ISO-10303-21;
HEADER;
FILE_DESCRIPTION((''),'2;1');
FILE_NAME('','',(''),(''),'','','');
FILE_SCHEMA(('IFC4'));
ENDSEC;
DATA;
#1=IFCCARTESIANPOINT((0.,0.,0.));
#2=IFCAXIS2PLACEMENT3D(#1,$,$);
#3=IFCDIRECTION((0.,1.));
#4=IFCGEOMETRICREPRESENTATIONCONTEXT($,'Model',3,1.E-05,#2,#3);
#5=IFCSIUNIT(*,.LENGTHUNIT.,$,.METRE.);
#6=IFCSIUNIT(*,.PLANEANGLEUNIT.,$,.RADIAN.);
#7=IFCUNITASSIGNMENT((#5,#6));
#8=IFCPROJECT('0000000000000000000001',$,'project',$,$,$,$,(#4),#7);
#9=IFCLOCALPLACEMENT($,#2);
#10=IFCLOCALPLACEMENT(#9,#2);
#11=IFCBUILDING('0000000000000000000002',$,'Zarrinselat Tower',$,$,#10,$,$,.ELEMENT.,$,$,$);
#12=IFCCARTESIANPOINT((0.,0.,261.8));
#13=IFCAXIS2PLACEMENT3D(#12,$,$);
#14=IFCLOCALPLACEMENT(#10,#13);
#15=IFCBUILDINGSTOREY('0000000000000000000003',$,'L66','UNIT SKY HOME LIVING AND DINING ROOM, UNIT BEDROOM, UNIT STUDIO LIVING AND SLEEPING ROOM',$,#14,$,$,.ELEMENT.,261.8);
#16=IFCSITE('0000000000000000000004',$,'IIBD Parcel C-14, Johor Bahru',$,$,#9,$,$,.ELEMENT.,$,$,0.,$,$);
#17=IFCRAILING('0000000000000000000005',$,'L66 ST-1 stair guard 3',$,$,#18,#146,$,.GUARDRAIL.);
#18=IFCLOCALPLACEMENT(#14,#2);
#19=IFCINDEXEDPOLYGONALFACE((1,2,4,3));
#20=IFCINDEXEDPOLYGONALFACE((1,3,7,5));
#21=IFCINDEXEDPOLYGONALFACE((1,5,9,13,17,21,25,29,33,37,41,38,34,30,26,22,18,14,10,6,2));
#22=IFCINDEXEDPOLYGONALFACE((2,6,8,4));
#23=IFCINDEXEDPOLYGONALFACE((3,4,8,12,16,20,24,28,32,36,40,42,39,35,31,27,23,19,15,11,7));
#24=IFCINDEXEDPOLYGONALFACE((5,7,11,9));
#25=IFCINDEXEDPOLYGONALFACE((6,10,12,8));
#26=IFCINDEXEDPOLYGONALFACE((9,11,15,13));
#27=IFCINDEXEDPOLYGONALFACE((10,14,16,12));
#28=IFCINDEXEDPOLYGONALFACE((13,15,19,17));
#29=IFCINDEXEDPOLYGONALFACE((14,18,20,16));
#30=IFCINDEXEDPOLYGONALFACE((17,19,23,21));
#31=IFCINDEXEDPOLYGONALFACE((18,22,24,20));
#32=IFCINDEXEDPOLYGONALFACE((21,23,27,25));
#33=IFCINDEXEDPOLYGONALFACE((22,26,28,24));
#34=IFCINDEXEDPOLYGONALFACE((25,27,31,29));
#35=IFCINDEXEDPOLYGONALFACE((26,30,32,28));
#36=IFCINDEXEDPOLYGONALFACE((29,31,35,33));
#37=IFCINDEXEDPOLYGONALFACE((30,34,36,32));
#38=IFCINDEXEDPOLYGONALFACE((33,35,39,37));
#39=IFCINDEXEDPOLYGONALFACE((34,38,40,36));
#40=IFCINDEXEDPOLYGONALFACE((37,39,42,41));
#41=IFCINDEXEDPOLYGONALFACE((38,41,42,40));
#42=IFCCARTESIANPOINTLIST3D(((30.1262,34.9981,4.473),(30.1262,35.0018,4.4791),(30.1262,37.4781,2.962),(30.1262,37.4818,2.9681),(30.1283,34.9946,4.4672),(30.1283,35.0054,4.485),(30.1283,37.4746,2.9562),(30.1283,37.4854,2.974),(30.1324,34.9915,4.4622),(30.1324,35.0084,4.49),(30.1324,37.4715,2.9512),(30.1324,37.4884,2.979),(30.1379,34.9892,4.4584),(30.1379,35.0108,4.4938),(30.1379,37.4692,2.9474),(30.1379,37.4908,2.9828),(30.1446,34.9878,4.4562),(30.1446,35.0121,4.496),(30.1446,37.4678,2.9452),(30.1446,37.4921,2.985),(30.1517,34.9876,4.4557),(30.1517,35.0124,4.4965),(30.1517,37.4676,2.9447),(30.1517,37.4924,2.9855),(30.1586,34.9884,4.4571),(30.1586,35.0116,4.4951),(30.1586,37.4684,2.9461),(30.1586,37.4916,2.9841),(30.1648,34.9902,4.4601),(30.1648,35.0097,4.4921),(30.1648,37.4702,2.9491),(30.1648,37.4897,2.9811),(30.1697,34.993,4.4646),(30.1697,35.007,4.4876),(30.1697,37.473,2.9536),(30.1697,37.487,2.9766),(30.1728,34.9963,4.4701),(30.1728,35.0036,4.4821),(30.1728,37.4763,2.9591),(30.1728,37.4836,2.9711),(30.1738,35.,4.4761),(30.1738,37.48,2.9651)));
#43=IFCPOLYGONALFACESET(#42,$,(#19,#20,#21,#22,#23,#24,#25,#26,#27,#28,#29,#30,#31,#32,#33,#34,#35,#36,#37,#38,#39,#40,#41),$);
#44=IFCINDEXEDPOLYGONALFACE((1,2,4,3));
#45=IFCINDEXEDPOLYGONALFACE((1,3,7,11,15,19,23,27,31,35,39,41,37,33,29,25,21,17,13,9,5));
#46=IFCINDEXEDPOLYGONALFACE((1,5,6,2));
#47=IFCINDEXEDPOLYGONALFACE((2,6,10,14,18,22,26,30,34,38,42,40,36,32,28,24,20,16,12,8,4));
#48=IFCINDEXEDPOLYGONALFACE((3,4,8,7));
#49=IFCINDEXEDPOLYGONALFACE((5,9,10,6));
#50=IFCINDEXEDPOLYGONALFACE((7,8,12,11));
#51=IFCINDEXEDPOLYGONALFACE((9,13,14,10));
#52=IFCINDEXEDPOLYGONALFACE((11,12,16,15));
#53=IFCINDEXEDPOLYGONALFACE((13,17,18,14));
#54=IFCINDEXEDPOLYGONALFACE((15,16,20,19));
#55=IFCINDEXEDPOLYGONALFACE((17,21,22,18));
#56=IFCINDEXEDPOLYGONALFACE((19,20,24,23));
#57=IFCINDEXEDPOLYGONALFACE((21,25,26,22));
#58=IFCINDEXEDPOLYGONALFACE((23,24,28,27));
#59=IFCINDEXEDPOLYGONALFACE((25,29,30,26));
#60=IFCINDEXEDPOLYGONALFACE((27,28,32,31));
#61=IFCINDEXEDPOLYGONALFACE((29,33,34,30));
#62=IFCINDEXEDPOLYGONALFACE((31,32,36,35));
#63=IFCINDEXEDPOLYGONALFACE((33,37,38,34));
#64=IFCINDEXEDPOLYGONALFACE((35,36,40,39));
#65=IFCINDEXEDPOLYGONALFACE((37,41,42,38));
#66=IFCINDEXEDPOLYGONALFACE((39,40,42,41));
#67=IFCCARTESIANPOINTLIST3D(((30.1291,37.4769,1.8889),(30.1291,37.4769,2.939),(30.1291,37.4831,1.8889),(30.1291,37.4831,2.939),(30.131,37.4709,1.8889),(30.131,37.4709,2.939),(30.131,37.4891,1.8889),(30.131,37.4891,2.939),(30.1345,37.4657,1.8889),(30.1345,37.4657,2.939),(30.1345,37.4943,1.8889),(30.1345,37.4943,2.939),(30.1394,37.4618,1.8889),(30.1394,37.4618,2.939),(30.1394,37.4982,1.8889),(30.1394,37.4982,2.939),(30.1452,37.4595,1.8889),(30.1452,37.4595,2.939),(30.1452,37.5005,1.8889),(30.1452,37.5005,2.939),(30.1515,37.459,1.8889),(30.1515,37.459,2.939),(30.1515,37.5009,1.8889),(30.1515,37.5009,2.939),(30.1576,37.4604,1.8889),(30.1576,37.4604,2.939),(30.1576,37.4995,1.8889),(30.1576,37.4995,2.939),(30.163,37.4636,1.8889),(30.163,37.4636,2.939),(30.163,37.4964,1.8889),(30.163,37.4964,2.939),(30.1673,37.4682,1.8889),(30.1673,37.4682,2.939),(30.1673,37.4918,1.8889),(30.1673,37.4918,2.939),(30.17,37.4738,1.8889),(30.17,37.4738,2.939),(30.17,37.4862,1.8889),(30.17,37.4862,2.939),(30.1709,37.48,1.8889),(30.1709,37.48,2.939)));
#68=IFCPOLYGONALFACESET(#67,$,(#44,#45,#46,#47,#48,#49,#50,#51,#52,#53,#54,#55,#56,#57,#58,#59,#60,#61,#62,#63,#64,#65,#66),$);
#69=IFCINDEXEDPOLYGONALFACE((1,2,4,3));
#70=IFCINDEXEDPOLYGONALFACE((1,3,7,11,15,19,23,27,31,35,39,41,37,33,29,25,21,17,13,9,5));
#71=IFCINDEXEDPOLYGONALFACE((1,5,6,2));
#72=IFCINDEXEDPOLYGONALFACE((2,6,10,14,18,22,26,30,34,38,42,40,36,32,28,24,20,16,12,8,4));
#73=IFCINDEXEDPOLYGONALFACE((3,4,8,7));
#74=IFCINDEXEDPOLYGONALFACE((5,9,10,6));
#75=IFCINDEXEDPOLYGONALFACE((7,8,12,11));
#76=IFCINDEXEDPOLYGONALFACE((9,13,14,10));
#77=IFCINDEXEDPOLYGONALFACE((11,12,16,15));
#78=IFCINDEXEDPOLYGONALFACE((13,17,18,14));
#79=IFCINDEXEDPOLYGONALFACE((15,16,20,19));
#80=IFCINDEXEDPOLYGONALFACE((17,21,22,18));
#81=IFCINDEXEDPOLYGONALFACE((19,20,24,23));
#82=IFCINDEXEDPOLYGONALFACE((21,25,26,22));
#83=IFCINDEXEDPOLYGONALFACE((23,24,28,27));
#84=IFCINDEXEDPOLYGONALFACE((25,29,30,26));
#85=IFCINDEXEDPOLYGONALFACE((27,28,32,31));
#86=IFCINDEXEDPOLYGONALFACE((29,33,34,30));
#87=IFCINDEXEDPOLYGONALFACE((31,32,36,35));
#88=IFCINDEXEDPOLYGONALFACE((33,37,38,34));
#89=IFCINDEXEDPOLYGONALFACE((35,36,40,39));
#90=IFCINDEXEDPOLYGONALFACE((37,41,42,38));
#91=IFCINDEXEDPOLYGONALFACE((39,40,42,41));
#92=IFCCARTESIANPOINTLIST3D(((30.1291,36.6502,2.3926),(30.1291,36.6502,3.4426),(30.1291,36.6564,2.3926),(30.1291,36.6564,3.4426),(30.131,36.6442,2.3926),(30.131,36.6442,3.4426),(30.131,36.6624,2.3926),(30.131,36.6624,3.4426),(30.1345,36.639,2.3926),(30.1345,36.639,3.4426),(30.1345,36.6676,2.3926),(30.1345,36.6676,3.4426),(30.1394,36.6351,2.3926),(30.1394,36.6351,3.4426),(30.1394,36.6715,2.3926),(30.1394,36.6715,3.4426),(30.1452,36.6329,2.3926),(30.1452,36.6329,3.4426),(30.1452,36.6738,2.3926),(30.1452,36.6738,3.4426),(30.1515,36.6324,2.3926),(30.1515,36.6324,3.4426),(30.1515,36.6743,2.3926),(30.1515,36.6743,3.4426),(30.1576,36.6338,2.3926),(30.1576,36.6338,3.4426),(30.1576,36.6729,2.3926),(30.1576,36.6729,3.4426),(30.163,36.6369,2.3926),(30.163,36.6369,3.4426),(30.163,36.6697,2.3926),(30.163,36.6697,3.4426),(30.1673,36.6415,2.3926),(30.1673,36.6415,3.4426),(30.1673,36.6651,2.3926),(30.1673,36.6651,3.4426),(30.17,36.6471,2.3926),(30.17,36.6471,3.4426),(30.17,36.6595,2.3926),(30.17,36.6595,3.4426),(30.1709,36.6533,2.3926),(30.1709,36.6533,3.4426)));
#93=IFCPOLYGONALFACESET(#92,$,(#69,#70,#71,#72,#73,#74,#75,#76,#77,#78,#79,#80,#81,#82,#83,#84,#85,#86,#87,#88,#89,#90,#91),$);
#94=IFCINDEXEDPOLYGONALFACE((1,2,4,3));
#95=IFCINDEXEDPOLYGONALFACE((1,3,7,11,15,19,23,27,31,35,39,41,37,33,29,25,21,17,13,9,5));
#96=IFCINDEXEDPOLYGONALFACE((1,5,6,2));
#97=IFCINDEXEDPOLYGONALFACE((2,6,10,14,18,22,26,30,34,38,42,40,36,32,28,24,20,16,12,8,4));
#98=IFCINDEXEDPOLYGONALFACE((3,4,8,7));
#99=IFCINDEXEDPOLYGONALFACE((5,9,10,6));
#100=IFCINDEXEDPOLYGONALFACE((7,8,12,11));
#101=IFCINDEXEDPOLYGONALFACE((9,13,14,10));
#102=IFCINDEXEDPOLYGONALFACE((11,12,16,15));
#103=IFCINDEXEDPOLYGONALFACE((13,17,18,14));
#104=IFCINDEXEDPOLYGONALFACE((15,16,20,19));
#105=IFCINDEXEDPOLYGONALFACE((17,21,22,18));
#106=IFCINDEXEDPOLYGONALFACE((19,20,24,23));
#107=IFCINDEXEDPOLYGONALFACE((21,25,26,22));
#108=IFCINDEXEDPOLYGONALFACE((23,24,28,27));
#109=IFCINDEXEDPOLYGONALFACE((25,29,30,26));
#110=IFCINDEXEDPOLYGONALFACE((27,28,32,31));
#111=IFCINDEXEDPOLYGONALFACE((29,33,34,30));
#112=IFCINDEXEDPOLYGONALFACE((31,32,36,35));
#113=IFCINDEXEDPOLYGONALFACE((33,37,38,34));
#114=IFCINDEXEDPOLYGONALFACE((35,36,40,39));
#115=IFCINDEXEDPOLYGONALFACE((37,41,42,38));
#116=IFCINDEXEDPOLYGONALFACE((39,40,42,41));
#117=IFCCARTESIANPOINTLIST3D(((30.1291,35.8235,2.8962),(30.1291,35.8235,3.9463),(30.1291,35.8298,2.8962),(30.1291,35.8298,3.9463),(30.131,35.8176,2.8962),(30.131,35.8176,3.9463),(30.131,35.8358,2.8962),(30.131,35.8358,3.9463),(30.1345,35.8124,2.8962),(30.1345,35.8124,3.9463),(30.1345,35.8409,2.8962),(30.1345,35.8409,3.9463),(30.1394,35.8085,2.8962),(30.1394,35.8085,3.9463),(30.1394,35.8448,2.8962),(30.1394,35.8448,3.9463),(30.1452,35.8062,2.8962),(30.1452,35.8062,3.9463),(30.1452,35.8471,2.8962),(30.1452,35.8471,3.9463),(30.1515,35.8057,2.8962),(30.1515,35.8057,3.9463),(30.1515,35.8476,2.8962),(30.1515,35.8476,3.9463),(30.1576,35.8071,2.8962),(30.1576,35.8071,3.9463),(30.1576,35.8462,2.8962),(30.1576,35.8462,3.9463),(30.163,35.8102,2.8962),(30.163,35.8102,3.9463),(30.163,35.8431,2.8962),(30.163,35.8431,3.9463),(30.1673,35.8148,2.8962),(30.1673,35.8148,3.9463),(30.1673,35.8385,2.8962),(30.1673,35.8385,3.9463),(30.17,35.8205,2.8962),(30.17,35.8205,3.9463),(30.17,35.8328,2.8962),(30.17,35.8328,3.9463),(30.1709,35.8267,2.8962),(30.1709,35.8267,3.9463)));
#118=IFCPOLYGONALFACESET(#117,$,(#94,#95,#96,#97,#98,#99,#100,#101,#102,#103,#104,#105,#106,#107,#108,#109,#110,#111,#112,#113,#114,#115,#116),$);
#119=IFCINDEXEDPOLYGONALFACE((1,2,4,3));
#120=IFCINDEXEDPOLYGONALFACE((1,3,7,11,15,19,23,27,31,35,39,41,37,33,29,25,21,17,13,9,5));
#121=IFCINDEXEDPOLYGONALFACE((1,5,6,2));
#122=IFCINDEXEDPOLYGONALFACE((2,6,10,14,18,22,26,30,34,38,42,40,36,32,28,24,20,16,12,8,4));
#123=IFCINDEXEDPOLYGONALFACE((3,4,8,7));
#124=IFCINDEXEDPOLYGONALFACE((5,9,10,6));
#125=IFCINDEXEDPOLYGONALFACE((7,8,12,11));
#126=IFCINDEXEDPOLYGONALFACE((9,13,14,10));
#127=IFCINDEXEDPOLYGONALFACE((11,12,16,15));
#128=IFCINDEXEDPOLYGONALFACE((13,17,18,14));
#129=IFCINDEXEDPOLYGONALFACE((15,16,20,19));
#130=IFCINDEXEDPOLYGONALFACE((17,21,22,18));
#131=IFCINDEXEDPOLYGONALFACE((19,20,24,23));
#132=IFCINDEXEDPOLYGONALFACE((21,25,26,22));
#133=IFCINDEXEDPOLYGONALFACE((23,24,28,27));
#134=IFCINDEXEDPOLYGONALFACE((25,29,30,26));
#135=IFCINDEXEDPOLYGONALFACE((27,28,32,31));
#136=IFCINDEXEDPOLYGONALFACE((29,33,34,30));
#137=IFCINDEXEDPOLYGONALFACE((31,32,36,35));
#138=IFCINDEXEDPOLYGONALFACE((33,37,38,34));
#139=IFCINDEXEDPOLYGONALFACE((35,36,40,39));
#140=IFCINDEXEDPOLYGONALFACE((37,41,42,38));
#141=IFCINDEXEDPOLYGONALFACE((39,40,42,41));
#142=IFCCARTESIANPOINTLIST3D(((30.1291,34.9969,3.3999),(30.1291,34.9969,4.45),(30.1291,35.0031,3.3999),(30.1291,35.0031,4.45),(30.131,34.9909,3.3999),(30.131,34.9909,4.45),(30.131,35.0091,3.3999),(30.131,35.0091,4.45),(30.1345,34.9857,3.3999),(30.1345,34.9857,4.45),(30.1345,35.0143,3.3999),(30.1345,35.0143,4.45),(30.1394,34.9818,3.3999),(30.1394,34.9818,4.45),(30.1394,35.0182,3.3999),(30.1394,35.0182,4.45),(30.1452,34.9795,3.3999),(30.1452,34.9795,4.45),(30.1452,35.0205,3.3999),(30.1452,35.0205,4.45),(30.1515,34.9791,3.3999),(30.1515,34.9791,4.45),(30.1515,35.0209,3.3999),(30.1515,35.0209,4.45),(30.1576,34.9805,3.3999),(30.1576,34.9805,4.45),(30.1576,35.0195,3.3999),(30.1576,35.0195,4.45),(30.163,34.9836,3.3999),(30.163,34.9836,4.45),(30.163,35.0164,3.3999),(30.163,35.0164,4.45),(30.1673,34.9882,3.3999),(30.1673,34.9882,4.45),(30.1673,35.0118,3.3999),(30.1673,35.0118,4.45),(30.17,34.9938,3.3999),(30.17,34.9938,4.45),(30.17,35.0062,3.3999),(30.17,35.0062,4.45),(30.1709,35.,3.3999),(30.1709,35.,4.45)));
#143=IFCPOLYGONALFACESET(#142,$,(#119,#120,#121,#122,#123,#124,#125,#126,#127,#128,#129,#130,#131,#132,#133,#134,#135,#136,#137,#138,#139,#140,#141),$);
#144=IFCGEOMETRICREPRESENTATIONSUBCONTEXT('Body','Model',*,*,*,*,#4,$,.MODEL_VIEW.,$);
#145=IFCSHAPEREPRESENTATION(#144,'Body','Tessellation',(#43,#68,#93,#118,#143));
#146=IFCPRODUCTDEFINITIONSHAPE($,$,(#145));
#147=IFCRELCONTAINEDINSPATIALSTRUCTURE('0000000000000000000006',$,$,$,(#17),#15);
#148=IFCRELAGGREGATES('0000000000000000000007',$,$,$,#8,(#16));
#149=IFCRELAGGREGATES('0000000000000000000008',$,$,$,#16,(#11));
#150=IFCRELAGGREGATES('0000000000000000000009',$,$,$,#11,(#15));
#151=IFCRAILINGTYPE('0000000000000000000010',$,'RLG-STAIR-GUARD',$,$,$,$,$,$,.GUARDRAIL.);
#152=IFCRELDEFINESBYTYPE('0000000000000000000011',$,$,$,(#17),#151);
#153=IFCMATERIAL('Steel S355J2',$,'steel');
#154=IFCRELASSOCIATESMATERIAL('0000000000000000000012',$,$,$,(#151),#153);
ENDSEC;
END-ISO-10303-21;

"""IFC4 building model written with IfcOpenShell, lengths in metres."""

from ifc_helpers import new_model, si_unit, direction, frame, origin, origin_2d, place, context, subcontext, project, spatial, circle, extrude, material, type_object, element, save


model = new_model("IFC4")

# Units and contexts
model_context = context("Model", 3, precision=1e-05, world=origin(), true_north=direction((0.0, 1.0)))
body_context = subcontext(model_context, "Body", "Model", "MODEL_VIEW")
ifc_project = project(units=[si_unit("LENGTHUNIT", "METRE"), si_unit("PLANEANGLEUNIT", "RADIAN")], contexts=[model_context])

# Site, building, storey
site_placement = place(None, origin())
site = spatial("IfcSite", under=ifc_project, at=site_placement, Name="IIBD Parcel C-14, Johor Bahru", CompositionType="ELEMENT", RefElevation=0.0)
building_placement = place(site_placement, origin())
building = spatial("IfcBuilding", under=site, at=building_placement, Name="Zarrinselat Tower", CompositionType="ELEMENT")
storey_placement = place(building_placement, frame((0.0, 0.0, 261.8)))
storey = spatial("IfcBuildingStorey", under=building, at=storey_placement, Name="L66", Description="UNIT SKY HOME LIVING AND DINING ROOM, UNIT BEDROOM, UNIT STUDIO LIVING AND SLEEPING ROOM", CompositionType="ELEMENT", Elevation=261.8)

# Railing
ifc_material_1 = material(Name="Steel S355J2", Category="steel")
railing_type_1 = type_object("IfcRailingType", Name="RLG-STAIR-GUARD", PredefinedType="GUARDRAIL", material=ifc_material_1)
railing_1_placement = place(storey_placement, frame((30.1499, 37.48, 1.8889)))
element("IfcRailing", 1, at=railing_1_placement, inside=storey, type_object=railing_type_1, Name="L66 ST-1 stair guard 3", PredefinedType="GUARDRAIL", context=body_context, shape_type="SweptSolid", body=[
    extrude(circle(Radius=0.0239, at=origin_2d()), frame((0.0, 0.0, 1.0762), z_axis=(0.0, -0.853979, 0.520307), x_axis=(1.0, 0.0, 0.0)), (0.0, 0.0, 1.0), 2.9041),
    extrude(circle(Radius=0.021, at=origin_2d()), origin(), (0.0, 0.0, 1.0), 1.05),
    extrude(circle(Radius=0.021, at=origin_2d()), frame((0.0, -0.8267, 0.5037)), (0.0, 0.0, 1.0), 1.05),
    extrude(circle(Radius=0.021, at=origin_2d()), frame((0.0, -1.6533, 1.0073)), (0.0, 0.0, 1.0), 1.05),
    extrude(circle(Radius=0.021, at=origin_2d()), frame((0.0, -2.48, 1.511)), (0.0, 0.0, 1.0), 1.05),
])

save(model, "model.ifc")
